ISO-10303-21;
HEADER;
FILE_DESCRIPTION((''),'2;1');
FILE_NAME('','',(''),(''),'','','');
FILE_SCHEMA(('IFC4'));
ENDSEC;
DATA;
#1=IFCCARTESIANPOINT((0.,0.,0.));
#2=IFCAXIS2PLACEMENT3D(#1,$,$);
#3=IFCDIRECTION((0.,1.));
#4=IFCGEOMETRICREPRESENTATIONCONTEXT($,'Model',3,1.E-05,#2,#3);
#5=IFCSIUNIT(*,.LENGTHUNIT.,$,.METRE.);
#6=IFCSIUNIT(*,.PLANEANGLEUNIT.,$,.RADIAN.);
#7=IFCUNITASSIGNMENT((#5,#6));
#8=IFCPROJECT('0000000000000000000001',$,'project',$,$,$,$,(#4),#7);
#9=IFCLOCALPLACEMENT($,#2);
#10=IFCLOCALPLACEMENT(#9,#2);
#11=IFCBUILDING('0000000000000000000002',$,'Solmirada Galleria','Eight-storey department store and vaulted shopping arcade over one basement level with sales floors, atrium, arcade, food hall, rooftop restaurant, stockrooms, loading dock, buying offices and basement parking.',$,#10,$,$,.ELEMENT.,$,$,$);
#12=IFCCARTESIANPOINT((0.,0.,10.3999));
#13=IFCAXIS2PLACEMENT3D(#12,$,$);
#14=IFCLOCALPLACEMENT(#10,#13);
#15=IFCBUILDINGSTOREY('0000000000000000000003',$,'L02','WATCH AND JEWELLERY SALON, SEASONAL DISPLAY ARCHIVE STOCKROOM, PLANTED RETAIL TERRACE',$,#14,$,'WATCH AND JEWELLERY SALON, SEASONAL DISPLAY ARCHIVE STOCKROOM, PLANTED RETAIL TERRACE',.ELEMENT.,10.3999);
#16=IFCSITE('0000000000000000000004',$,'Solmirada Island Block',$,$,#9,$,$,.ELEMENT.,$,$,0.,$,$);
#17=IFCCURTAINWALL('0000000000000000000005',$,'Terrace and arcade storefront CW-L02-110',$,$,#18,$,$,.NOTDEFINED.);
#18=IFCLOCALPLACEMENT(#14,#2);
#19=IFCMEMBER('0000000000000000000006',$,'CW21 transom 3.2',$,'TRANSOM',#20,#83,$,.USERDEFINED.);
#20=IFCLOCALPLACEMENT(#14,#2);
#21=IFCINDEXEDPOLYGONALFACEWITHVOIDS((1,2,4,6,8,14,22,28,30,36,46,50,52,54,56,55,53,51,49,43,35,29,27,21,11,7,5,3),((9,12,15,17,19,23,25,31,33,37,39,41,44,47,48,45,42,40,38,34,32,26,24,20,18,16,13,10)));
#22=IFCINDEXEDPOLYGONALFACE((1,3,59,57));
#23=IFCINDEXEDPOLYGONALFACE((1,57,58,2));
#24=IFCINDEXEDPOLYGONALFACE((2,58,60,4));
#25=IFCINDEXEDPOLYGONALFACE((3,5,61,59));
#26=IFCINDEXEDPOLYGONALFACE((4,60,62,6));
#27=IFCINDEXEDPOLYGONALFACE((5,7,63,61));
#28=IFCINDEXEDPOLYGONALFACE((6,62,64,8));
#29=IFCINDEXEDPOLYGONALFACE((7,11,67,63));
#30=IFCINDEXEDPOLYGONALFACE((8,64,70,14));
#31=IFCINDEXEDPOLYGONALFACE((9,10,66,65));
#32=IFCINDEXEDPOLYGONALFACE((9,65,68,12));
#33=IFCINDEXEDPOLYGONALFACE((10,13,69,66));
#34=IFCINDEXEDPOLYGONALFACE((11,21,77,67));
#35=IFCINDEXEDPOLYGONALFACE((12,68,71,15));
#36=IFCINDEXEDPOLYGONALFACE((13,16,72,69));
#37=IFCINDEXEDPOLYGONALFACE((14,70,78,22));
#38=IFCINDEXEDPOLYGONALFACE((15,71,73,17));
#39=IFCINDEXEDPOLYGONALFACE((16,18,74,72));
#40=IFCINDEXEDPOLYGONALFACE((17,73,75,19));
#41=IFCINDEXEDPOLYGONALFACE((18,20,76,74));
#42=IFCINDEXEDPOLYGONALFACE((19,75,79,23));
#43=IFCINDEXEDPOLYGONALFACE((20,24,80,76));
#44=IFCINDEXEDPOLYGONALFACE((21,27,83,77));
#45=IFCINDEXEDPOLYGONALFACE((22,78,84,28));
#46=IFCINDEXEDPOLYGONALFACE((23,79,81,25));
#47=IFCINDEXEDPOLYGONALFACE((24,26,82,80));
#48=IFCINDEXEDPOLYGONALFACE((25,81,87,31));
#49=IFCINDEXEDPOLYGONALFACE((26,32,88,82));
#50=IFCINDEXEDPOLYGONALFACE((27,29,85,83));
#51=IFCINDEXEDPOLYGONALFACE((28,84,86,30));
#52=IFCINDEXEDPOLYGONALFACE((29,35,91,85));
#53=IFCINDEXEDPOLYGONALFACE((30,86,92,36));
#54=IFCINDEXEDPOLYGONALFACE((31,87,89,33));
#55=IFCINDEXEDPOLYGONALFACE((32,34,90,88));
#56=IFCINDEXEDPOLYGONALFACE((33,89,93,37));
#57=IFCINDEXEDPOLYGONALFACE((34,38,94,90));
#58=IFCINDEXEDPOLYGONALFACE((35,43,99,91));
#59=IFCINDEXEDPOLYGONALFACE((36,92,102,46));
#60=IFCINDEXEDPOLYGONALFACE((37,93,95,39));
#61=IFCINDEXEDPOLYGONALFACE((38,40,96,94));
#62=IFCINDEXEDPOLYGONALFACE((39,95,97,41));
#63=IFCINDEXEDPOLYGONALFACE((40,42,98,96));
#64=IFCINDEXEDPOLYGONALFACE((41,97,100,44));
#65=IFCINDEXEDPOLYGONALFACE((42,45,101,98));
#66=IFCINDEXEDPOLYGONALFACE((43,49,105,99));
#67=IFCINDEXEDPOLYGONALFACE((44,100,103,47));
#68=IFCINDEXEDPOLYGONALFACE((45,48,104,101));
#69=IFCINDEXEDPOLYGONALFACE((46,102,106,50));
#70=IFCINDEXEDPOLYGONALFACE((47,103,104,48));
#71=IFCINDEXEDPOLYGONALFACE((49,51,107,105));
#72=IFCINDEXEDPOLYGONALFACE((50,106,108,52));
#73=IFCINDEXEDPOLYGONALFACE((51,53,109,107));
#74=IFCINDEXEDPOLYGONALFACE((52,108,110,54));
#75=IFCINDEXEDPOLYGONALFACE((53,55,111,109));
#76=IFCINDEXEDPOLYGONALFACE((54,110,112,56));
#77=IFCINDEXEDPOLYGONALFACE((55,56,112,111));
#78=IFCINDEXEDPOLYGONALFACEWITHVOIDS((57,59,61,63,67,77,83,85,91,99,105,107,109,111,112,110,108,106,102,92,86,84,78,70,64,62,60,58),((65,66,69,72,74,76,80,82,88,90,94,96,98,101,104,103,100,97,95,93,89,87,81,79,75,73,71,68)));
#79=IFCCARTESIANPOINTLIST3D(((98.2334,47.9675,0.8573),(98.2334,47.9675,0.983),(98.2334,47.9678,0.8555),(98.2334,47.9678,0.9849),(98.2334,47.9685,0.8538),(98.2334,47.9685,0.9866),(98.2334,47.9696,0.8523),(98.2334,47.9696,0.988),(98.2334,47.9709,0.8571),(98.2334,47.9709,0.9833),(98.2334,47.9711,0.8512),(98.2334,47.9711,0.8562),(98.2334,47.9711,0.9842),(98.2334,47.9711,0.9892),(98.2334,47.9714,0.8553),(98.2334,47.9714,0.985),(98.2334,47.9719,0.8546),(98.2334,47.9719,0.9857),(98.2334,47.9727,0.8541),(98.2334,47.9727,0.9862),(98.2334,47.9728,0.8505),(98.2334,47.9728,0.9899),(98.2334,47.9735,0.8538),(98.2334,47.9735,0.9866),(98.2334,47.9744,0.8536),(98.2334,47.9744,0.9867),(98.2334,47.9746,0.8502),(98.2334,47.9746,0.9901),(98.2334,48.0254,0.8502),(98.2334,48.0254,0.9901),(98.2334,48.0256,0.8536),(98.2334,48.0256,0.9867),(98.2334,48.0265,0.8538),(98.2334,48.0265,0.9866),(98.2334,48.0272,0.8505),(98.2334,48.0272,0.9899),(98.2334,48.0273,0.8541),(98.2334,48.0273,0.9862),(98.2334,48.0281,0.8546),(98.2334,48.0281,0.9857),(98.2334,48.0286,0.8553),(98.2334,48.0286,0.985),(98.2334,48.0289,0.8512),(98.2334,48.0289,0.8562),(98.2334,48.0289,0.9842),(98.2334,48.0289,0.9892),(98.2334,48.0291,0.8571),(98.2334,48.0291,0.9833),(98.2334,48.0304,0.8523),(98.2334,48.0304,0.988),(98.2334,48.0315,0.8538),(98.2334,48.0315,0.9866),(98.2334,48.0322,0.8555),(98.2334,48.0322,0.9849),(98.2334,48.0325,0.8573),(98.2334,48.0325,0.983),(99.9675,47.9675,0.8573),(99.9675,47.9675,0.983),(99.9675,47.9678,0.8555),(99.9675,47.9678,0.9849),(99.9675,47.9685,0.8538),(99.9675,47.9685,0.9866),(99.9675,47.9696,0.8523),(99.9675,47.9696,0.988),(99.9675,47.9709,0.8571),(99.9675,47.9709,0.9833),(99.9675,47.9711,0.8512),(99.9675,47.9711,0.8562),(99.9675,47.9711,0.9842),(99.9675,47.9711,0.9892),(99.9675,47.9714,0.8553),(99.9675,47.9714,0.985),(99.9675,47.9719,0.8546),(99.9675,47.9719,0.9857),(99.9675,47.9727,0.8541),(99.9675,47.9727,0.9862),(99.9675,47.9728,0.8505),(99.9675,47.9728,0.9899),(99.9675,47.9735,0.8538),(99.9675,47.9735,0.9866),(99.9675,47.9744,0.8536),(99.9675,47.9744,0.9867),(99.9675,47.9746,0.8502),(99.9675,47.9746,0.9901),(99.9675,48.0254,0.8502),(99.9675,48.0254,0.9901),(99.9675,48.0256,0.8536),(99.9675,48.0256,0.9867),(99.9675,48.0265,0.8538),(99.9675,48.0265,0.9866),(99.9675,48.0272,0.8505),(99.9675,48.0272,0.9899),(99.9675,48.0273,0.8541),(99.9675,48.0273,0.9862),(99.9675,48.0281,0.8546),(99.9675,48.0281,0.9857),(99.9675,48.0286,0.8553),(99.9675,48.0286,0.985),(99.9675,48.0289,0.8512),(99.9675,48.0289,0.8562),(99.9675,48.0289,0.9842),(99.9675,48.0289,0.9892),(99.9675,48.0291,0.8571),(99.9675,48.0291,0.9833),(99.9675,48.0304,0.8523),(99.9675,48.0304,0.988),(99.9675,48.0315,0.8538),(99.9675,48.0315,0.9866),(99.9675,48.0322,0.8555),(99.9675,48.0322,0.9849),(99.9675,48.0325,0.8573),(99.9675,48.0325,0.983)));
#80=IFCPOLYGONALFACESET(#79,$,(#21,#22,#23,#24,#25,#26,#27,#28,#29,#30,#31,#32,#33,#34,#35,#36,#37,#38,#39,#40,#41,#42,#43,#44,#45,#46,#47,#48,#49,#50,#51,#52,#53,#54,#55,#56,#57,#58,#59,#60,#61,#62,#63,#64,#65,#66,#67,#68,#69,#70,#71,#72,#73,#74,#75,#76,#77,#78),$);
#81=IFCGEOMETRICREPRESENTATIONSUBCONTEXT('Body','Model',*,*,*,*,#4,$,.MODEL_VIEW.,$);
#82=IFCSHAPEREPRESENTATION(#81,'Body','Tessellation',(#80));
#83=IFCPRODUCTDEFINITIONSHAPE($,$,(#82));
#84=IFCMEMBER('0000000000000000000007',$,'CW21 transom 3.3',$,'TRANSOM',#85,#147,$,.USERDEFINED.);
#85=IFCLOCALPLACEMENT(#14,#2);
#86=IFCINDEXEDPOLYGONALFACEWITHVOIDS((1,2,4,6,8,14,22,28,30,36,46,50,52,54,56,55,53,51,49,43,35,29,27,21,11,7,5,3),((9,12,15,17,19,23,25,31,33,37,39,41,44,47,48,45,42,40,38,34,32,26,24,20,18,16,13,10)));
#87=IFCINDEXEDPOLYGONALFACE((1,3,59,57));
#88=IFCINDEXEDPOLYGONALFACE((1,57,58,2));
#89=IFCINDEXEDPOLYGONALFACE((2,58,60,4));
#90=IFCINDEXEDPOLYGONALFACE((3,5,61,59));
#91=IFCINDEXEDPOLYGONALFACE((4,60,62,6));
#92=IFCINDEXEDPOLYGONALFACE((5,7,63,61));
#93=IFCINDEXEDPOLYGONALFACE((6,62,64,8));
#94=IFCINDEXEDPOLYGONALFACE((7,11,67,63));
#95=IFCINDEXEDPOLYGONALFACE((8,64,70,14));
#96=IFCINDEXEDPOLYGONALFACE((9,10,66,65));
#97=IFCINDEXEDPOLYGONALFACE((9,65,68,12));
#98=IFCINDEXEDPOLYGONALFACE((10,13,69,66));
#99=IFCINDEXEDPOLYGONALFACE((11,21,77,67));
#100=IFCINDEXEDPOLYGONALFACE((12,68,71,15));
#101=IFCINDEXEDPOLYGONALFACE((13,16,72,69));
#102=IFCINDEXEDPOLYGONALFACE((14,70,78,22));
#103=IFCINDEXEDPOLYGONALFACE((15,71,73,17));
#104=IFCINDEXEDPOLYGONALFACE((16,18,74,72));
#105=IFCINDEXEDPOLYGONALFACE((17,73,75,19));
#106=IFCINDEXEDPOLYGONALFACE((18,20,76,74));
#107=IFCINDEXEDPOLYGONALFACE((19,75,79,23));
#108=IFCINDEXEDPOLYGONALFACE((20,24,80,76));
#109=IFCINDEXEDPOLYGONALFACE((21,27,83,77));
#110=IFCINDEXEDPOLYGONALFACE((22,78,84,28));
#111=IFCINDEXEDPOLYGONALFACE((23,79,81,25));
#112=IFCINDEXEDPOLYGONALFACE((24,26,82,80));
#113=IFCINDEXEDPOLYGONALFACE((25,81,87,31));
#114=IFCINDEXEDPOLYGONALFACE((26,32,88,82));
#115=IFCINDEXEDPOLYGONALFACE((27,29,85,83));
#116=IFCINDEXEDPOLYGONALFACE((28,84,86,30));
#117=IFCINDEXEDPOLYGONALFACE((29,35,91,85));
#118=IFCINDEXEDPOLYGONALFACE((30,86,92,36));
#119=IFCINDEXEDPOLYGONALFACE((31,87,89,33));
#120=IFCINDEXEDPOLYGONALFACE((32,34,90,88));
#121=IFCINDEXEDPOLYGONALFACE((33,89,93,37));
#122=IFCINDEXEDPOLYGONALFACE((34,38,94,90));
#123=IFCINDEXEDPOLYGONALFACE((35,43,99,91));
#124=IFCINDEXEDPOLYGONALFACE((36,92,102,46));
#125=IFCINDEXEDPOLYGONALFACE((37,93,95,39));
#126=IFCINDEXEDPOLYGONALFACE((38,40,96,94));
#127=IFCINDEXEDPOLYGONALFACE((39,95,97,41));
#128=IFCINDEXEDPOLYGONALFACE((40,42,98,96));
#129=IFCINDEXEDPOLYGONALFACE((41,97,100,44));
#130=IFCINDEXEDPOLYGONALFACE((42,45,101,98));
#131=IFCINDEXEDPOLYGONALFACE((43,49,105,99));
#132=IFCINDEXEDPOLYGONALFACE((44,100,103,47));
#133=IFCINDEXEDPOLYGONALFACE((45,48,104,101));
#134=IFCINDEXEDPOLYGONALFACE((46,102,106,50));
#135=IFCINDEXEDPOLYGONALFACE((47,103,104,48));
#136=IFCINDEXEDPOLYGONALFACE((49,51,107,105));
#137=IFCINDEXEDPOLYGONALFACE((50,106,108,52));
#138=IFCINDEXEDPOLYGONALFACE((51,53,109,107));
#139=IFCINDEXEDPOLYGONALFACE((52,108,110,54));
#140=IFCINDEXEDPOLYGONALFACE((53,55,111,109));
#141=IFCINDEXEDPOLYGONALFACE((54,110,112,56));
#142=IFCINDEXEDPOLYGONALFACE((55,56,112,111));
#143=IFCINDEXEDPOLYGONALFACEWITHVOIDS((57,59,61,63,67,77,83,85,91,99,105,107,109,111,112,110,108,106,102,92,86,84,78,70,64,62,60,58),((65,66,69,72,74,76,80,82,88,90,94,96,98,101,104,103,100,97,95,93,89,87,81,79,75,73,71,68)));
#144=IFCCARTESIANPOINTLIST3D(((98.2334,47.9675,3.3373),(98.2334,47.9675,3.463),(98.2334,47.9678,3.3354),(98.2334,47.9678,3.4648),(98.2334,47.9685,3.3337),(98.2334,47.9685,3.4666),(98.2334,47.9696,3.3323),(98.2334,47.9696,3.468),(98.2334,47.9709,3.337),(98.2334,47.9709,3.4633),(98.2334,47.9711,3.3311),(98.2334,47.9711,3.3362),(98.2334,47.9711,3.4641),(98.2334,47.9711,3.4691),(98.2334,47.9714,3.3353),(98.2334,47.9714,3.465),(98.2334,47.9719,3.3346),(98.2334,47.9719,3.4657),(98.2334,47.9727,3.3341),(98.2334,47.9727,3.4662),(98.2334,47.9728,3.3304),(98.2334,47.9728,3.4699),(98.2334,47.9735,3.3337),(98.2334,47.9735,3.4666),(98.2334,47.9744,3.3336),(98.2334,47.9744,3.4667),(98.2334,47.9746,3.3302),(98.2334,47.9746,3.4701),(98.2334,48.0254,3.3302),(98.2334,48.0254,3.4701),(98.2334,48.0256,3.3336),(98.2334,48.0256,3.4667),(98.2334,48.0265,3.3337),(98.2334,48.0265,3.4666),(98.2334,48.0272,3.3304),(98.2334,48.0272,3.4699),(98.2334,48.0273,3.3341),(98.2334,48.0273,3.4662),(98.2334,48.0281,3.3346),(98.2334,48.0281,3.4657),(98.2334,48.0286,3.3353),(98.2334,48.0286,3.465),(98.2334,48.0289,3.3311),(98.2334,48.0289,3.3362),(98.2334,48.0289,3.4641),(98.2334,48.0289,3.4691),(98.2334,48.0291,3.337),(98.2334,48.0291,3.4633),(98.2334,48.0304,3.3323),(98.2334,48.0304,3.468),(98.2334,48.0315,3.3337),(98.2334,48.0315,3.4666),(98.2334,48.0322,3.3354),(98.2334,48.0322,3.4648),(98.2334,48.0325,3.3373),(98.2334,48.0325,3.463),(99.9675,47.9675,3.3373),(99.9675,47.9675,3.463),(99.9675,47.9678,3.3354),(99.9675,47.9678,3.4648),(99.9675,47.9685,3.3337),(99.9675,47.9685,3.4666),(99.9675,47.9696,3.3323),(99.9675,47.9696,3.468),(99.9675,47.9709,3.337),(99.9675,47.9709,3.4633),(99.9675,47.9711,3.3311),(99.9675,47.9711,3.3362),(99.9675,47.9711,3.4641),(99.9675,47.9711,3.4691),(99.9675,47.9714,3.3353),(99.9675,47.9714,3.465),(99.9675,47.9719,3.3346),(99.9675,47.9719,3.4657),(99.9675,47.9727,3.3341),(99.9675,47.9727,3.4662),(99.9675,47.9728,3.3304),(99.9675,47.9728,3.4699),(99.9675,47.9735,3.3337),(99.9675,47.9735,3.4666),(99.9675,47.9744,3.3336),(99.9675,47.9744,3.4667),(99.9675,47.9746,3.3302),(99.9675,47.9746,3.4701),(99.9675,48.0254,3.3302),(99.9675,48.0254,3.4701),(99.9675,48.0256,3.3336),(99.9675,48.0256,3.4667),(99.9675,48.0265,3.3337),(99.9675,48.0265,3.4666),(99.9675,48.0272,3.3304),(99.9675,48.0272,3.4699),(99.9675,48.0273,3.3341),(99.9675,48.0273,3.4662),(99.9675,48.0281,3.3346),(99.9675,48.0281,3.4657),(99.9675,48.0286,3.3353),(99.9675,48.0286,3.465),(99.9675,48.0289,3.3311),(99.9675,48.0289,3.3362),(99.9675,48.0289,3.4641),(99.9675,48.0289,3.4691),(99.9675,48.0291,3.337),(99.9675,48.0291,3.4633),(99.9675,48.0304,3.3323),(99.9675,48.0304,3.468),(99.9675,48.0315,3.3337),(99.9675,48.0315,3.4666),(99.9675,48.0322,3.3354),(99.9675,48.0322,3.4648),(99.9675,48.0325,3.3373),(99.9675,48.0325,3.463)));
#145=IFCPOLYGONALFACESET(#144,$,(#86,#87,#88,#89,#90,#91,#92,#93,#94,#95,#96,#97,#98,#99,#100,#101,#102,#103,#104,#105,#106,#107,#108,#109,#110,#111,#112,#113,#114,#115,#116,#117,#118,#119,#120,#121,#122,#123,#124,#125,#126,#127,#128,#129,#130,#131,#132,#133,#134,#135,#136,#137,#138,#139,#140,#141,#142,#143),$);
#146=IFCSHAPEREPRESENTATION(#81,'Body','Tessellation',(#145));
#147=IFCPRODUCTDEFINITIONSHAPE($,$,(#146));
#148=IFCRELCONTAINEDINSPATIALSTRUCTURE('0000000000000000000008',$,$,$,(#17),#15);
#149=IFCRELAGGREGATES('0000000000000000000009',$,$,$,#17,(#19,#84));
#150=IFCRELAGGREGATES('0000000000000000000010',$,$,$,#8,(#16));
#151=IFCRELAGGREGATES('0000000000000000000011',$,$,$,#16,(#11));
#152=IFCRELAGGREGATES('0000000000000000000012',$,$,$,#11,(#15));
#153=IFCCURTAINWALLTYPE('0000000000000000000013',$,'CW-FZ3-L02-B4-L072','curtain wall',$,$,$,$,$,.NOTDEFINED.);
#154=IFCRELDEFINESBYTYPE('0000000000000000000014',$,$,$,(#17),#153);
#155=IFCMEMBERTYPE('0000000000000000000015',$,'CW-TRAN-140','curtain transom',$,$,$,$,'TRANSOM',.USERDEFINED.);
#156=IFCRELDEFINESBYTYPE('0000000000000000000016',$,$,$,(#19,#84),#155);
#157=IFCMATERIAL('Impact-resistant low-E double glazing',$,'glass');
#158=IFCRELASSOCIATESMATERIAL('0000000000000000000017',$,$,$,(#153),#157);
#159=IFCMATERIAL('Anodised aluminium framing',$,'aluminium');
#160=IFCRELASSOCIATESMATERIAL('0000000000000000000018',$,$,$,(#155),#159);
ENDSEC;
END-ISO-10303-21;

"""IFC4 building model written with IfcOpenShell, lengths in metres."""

from ifc_helpers import new_model, si_unit, direction, frame, origin, origin_2d, place, context, subcontext, project, spatial, hollow_rectangle, extrude, material, material_profile, profile_set, type_object, element, aggregate, save


model = new_model("IFC4")

# Units and contexts
model_context = context("Model", 3, precision=1e-05, world=origin(), true_north=direction((0.0, 1.0)))
body_context = subcontext(model_context, "Body", "Model", "MODEL_VIEW")
ifc_project = project(units=[si_unit("LENGTHUNIT", "METRE"), si_unit("PLANEANGLEUNIT", "RADIAN")], contexts=[model_context])

# Site, building, storey
site_placement = place(None, origin())
site = spatial("IfcSite", under=ifc_project, at=site_placement, Name="Solmirada Island Block", CompositionType="ELEMENT", RefElevation=0.0)
building_placement = place(site_placement, origin())
building = spatial("IfcBuilding", under=site, at=building_placement, Name="Solmirada Galleria", Description="Eight-storey department store and vaulted shopping arcade over one basement level with sales floors, atrium, arcade, food hall, rooftop restaurant, stockrooms, loading dock, buying offices and basement parking.", CompositionType="ELEMENT")
storey_placement = place(building_placement, frame((0.0, 0.0, 10.3999)))
storey = spatial("IfcBuildingStorey", under=building, at=storey_placement, Name="L02", Description="WATCH AND JEWELLERY SALON, SEASONAL DISPLAY ARCHIVE STOCKROOM, PLANTED RETAIL TERRACE", LongName="WATCH AND JEWELLERY SALON, SEASONAL DISPLAY ARCHIVE STOCKROOM, PLANTED RETAIL TERRACE", CompositionType="ELEMENT", Elevation=10.3999)

# Curtain wall, members
ifc_material_1 = material(Name="Impact-resistant low-E double glazing", Category="glass")
curtain_wall_type = type_object("IfcCurtainWallType", Name="CW-FZ3-L02-B4-L072", Description="curtain wall", PredefinedType="NOTDEFINED", material=ifc_material_1)
curtain_wall_placement = place(storey_placement, origin())
curtain_wall = element("IfcCurtainWall", 1, at=curtain_wall_placement, inside=storey, type_object=curtain_wall_type, Name="Terrace and arcade storefront CW-L02-110", PredefinedType="NOTDEFINED")
ifc_material_2 = material(Name="Anodised aluminium framing", Category="aluminium")
ifc_material_profile_1 = material_profile(ifc_material_2, hollow_rectangle(XDim=0.0649, YDim=0.1399, WallThickness=0.0034, InnerFilletRadius=0.0034, OuterFilletRadius=0.0071, at=origin_2d()), Name="ALU-TRAN-140X65")
ifc_profile_set_1 = profile_set([ifc_material_profile_1], Name="Anodised aluminium framing")
member_type_1 = type_object("IfcMemberType", Name="CW-TRAN-140", Description="curtain transom", ElementType="TRANSOM", PredefinedType="USERDEFINED", material=ifc_profile_set_1)
member_1_placement = place(storey_placement, frame((99.9675, 48.0, 0.9202), z_axis=(-1.0, 0.0, 0.0), x_axis=(0.0, -1.0, 0.0)))
member_1 = element("IfcMember", 2, at=member_1_placement, type_object=member_type_1, Name="CW21 transom 3.2", ObjectType="TRANSOM", PredefinedType="USERDEFINED", context=body_context, shape_type="SweptSolid", body=[
    extrude(hollow_rectangle(XDim=0.0649, YDim=0.1399, WallThickness=0.0034, InnerFilletRadius=0.0034, OuterFilletRadius=0.0071, at=origin_2d()), origin(), (0.0, 0.0, 1.0), 1.7341),
])
member_2_placement = place(storey_placement, frame((99.9675, 48.0, 3.4001), z_axis=(-1.0, 0.0, 0.0), x_axis=(0.0, -1.0, 0.0)))
member_2 = element("IfcMember", 3, at=member_2_placement, type_object=member_type_1, Name="CW21 transom 3.3", ObjectType="TRANSOM", PredefinedType="USERDEFINED", context=body_context, shape_type="SweptSolid", body=[
    extrude(hollow_rectangle(XDim=0.0649, YDim=0.1399, WallThickness=0.0034, InnerFilletRadius=0.0034, OuterFilletRadius=0.0071, at=origin_2d()), origin(), (0.0, 0.0, 1.0), 1.7341),
])
aggregate(curtain_wall, [member_1, member_2])

save(model, "model.ifc")
